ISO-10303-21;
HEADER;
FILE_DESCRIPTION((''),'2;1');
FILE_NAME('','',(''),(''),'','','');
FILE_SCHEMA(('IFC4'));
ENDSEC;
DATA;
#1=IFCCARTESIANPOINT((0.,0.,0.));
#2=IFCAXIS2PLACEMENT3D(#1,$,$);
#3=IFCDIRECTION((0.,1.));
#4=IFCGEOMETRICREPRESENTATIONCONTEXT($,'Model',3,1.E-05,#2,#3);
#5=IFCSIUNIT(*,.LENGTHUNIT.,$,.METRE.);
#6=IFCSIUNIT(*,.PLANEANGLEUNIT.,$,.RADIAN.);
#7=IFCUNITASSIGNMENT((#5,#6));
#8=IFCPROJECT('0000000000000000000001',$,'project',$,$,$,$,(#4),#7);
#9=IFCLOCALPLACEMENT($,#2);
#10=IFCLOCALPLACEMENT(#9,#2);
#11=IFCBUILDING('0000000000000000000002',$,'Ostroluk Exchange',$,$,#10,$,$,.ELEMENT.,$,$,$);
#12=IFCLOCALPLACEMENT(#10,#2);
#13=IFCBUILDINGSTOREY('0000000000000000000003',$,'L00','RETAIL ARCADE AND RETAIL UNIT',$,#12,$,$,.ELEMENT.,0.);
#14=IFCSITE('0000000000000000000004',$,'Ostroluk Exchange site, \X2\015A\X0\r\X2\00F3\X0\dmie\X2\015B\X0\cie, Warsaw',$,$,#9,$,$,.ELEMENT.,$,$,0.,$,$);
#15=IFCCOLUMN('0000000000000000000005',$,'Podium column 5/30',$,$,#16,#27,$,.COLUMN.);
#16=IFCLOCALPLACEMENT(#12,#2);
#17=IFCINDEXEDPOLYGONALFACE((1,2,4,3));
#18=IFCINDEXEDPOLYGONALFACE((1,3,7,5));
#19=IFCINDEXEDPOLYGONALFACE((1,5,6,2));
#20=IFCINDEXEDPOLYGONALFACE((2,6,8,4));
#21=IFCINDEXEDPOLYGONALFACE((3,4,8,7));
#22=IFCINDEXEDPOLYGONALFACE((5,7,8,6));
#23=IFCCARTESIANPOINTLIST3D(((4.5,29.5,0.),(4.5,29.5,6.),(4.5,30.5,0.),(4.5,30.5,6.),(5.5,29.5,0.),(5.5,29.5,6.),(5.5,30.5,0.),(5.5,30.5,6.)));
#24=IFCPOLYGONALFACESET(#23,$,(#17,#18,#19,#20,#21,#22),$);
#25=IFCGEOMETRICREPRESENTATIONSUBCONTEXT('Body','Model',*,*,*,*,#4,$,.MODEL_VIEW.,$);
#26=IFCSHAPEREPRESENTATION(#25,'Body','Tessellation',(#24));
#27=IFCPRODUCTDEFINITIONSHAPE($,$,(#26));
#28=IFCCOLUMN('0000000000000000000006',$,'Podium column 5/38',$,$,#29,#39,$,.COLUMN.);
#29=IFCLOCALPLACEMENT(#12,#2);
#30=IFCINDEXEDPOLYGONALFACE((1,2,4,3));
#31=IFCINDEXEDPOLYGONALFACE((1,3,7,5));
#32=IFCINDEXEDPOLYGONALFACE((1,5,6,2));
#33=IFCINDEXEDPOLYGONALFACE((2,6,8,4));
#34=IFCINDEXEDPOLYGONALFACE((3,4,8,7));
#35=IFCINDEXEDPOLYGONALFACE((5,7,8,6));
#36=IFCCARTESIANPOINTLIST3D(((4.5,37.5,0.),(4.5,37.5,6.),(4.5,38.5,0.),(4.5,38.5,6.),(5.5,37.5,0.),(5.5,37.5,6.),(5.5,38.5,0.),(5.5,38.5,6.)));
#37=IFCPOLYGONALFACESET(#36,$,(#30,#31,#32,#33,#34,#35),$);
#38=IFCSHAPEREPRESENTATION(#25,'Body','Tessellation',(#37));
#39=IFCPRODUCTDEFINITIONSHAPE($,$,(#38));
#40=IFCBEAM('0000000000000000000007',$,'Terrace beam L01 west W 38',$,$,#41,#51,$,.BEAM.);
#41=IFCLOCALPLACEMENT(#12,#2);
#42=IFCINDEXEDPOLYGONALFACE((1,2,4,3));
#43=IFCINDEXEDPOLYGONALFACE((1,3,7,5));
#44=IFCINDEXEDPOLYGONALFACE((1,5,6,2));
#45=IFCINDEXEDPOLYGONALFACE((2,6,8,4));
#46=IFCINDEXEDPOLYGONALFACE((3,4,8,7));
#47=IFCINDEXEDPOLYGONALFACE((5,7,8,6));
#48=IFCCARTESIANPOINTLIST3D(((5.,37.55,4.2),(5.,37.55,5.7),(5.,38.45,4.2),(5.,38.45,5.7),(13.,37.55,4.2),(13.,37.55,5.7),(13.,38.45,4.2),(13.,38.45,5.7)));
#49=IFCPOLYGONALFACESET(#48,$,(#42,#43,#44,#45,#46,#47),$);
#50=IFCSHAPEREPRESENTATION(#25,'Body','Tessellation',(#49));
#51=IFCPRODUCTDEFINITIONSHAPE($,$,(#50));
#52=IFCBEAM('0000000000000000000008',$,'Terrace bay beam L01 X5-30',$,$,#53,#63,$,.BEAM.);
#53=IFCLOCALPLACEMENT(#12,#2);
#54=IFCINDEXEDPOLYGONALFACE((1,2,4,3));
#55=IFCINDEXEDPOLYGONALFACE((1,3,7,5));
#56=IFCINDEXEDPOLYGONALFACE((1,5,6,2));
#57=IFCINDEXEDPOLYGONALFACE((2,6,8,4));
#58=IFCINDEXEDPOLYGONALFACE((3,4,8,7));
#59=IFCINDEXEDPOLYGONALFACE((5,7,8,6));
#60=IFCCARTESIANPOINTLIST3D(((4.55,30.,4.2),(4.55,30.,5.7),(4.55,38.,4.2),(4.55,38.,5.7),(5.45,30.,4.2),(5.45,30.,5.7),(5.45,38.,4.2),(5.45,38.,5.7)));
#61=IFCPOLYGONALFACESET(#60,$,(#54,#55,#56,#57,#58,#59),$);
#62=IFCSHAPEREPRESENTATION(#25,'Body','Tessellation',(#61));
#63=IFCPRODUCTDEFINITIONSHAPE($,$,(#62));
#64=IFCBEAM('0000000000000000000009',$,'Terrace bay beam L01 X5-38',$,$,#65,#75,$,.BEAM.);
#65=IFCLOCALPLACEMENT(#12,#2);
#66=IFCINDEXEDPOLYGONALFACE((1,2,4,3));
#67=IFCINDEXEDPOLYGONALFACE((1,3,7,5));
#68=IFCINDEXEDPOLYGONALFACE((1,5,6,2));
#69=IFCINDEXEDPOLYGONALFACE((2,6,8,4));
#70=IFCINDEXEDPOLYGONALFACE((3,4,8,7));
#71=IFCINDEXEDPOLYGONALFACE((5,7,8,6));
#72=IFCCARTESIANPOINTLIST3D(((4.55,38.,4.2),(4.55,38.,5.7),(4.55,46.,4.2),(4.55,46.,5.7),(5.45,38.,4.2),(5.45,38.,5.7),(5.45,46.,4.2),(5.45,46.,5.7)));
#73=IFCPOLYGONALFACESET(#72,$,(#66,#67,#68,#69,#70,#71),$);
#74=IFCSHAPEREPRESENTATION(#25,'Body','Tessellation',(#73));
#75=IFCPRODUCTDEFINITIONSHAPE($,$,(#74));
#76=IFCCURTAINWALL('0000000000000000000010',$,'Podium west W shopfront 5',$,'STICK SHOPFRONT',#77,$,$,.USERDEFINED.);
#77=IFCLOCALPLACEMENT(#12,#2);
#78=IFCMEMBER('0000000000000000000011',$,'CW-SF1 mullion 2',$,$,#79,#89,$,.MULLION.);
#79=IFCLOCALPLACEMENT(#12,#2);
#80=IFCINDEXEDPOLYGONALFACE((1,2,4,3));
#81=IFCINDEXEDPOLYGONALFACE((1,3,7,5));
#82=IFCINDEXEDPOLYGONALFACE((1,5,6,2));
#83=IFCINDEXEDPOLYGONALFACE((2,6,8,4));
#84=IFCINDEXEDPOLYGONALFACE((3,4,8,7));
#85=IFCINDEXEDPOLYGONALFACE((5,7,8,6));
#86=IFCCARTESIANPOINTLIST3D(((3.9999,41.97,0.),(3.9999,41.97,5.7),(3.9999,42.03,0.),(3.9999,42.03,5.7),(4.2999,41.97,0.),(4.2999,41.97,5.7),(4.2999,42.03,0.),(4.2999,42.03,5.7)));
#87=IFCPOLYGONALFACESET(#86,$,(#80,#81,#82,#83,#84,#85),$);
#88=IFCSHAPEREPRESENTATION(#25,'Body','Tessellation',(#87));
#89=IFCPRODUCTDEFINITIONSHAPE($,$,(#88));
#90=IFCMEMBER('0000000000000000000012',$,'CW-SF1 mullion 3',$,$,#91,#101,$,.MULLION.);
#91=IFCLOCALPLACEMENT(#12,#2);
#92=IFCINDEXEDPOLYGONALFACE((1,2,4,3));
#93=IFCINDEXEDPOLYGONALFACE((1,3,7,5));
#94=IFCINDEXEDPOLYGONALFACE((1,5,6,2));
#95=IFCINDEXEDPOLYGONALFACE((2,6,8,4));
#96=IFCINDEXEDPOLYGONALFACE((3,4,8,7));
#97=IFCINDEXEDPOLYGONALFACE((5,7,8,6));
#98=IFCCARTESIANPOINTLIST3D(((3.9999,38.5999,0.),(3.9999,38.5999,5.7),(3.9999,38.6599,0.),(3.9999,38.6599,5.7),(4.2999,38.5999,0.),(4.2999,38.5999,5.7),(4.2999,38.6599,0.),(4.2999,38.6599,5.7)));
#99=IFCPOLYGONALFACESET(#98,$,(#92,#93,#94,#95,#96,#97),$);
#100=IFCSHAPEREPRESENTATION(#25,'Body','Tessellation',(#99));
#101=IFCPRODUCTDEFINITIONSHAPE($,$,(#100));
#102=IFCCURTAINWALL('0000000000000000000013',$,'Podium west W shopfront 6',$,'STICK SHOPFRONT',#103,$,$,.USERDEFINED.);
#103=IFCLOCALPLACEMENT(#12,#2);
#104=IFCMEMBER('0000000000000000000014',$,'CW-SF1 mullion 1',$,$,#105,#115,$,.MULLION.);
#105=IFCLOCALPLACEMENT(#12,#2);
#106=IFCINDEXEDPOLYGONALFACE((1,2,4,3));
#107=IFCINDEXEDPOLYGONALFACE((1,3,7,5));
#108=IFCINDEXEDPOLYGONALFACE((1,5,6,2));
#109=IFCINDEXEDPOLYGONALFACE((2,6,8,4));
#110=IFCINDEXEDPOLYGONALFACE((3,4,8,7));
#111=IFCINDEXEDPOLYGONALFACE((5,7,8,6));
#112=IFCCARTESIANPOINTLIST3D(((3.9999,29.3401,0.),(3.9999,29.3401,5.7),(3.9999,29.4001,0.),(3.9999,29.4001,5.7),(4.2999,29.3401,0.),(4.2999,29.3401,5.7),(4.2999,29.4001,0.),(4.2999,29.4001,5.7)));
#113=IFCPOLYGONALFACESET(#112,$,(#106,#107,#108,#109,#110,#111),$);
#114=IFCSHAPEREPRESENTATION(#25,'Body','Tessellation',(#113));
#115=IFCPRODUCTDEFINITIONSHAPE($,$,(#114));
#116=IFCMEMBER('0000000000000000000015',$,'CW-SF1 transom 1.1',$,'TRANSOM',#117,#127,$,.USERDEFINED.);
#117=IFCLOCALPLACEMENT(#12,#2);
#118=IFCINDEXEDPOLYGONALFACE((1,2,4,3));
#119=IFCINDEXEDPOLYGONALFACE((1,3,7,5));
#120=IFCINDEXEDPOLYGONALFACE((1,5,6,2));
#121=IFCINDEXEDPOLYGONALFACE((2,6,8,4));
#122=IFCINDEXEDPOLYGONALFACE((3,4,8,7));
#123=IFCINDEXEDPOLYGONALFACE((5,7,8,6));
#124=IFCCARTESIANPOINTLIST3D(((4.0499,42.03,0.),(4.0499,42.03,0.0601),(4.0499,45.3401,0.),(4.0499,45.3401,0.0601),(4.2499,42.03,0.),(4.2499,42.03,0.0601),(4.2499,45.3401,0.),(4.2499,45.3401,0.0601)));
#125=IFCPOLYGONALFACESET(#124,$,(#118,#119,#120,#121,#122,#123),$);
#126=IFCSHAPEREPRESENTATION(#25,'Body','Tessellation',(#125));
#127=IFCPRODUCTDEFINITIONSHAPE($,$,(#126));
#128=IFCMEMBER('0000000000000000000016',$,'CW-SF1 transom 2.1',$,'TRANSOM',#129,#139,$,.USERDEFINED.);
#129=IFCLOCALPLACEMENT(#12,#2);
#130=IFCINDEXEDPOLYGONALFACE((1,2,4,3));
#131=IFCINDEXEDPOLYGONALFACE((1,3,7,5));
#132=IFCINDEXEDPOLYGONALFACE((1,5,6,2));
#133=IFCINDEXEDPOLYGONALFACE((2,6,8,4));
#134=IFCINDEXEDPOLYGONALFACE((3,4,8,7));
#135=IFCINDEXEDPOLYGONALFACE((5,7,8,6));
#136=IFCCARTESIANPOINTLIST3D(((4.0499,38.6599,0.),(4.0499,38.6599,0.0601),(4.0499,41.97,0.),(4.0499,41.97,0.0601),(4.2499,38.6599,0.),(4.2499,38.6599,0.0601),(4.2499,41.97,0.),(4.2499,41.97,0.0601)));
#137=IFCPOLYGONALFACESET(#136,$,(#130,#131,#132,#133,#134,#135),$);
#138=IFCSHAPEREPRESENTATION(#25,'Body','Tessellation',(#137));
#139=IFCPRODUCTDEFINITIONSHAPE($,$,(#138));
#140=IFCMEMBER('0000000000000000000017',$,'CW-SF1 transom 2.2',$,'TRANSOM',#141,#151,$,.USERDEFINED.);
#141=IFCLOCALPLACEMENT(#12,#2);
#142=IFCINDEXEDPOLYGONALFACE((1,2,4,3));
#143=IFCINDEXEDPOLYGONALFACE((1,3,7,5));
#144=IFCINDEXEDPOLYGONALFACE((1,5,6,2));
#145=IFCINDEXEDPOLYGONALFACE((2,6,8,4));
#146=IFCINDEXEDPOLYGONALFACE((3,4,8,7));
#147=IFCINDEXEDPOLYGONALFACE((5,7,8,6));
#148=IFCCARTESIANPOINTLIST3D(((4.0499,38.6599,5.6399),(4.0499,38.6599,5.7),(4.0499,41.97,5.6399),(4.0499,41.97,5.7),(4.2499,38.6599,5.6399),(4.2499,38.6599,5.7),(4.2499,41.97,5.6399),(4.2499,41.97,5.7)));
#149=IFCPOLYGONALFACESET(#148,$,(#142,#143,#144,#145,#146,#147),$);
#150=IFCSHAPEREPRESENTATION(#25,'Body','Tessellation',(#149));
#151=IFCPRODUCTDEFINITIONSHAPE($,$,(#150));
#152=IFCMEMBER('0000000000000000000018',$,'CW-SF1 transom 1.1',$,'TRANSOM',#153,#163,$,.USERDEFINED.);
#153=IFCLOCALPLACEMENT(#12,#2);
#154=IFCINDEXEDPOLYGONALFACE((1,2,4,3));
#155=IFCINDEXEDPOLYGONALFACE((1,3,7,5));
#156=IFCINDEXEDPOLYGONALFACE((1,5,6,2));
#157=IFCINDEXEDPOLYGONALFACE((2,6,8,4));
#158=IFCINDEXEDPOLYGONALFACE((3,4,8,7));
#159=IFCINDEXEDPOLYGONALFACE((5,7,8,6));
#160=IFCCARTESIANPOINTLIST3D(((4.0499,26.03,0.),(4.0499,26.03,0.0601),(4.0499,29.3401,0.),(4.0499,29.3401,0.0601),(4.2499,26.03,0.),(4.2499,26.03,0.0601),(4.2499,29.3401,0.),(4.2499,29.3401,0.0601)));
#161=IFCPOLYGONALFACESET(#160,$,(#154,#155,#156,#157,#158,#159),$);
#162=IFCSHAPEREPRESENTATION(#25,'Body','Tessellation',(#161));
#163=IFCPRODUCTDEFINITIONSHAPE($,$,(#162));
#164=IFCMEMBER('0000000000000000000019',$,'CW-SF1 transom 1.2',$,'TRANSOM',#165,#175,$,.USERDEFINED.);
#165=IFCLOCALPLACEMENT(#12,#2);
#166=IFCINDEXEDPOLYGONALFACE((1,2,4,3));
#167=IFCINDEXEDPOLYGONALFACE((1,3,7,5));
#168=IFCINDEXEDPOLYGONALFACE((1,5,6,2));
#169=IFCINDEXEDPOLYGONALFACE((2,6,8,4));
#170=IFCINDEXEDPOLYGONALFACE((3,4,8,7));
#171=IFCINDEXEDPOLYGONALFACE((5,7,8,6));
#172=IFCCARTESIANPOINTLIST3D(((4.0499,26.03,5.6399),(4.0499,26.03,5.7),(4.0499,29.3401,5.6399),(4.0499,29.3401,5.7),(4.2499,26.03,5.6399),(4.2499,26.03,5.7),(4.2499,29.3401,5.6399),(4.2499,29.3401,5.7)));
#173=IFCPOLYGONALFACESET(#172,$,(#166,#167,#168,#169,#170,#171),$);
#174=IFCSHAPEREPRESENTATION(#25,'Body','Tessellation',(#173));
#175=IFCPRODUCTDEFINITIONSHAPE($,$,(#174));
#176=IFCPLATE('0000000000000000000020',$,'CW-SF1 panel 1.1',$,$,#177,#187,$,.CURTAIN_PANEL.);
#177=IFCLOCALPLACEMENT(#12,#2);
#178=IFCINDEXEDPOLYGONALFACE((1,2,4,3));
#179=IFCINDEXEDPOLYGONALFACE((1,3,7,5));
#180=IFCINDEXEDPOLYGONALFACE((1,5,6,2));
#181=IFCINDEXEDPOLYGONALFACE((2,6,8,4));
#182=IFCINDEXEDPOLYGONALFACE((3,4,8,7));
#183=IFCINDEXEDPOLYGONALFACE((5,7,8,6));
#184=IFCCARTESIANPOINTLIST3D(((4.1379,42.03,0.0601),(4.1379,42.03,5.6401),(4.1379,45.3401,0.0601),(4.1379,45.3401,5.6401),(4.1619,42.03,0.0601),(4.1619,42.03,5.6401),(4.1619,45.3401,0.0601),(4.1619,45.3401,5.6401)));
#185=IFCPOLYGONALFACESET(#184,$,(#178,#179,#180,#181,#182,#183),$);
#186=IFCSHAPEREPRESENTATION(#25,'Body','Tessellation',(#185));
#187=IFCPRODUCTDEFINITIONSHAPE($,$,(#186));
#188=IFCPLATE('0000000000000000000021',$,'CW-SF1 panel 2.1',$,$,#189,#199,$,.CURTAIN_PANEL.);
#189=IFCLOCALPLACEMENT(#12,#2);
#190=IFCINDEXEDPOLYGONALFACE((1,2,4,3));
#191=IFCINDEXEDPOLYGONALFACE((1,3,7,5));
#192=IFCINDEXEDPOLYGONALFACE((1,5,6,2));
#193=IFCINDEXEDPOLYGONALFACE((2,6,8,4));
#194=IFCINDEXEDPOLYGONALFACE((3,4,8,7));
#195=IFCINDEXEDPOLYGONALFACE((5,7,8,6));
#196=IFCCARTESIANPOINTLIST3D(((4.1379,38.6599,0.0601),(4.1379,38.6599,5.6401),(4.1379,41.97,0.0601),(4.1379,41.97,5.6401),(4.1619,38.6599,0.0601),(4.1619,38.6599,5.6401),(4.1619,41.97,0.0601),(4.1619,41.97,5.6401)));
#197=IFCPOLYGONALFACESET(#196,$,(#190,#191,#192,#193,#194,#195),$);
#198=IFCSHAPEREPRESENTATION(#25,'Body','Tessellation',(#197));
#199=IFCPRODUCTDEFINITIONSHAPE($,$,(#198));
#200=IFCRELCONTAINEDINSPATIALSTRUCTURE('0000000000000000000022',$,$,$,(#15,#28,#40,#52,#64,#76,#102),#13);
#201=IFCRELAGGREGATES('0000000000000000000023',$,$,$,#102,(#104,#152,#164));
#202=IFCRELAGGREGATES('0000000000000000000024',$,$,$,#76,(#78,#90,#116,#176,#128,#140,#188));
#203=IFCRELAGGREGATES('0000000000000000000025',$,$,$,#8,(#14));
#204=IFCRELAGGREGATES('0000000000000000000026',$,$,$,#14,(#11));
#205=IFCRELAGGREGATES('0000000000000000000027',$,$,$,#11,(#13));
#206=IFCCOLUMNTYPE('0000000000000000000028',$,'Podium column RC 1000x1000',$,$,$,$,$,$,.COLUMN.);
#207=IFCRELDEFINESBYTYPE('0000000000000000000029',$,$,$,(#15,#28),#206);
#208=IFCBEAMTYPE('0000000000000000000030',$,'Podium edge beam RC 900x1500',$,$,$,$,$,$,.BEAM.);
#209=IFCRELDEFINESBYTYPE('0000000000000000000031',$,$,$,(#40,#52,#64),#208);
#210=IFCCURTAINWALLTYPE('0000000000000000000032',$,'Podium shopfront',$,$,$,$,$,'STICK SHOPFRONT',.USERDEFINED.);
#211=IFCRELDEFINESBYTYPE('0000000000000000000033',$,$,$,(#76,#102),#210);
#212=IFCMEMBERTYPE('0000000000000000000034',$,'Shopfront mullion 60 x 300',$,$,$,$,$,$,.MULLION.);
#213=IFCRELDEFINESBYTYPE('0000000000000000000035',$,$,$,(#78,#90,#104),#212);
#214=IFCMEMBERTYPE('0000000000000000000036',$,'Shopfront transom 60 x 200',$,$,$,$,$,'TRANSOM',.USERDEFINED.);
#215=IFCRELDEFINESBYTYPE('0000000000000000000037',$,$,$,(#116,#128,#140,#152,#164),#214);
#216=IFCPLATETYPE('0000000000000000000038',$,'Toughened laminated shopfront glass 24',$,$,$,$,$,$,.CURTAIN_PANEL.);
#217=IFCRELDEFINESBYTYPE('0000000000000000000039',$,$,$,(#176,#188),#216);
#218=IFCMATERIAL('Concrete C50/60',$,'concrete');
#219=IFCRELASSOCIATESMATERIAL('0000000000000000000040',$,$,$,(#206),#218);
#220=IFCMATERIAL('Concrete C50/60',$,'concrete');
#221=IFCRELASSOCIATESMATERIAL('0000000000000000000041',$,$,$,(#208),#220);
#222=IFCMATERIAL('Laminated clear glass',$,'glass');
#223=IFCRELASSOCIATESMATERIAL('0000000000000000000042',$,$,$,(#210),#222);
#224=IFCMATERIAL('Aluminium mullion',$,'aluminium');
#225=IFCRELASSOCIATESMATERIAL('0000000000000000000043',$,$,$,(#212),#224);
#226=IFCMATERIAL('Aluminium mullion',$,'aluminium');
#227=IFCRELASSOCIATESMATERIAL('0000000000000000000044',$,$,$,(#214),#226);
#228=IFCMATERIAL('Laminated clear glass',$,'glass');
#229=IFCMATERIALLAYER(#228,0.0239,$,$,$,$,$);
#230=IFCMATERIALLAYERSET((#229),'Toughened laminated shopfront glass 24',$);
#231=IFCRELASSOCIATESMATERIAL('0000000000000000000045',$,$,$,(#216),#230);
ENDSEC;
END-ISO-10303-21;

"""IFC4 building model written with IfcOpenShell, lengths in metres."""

from ifc_helpers import new_model, si_unit, direction, frame, origin, origin_2d, place, context, subcontext, project, spatial, rectangle, extrude, material, layer, layer_set, material_profile, profile_set, type_object, element, aggregate, save


model = new_model("IFC4")

# Units and contexts
model_context = context("Model", 3, precision=1e-05, world=origin(), true_north=direction((0.0, 1.0)))
body_context = subcontext(model_context, "Body", "Model", "MODEL_VIEW")
ifc_project = project(units=[si_unit("LENGTHUNIT", "METRE"), si_unit("PLANEANGLEUNIT", "RADIAN")], contexts=[model_context])

# Site, building, storey
site_placement = place(None, origin())
site = spatial("IfcSite", under=ifc_project, at=site_placement, Name="Ostroluk Exchange site, Śródmieście, Warsaw", CompositionType="ELEMENT", RefElevation=0.0)
building_placement = place(site_placement, origin())
building = spatial("IfcBuilding", under=site, at=building_placement, Name="Ostroluk Exchange", CompositionType="ELEMENT")
storey_placement = place(building_placement, origin())
storey = spatial("IfcBuildingStorey", under=building, at=storey_placement, Name="L00", Description="RETAIL ARCADE AND RETAIL UNIT", CompositionType="ELEMENT", Elevation=0.0)

# Columns
ifc_material_1 = material(Name="Concrete C50/60", Category="concrete")
ifc_material_profile_1 = material_profile(ifc_material_1, rectangle(XDim=1.0, YDim=1.0, at=origin_2d()), Name="RC 1000x1000")
ifc_profile_set_1 = profile_set([ifc_material_profile_1], Name="Concrete C50/60")
column_type = type_object("IfcColumnType", Name="Podium column RC 1000x1000", PredefinedType="COLUMN", material=ifc_profile_set_1)
for number, where, z_axis, x_axis, name in (
    (1, (5.0, 30.0, 0.0), (0.0, 0.0, 1.0), (1.0, 0.0, 0.0), "Podium column 5/30"),
    (2, (5.0, 38.0, 0.0), (0.0, 0.0, 1.0), (1.0, 0.0, 0.0), "Podium column 5/38"),
):
    element("IfcColumn", number, at=place(storey_placement, frame(where, z_axis=z_axis, x_axis=x_axis)), inside=storey, type_object=column_type, Name=name, PredefinedType="COLUMN", context=body_context, shape_type="SweptSolid", body=[
        extrude(rectangle(XDim=1.0, YDim=1.0, at=origin_2d()), origin(), (0.0, 0.0, 1.0), 6.0),
    ])

# Beams
ifc_material_2 = material(Name="Concrete C50/60", Category="concrete")
ifc_material_profile_2 = material_profile(ifc_material_2, rectangle(XDim=0.8999, YDim=1.5, at=origin_2d()), Name="RC 900x1500")
ifc_profile_set_2 = profile_set([ifc_material_profile_2], Name="Concrete C50/60")
beam_type = type_object("IfcBeamType", Name="Podium edge beam RC 900x1500", PredefinedType="BEAM", material=ifc_profile_set_2)
for number, where, z_axis, x_axis, name in (
    (3, (5.0, 38.0, 4.95), (1.0, 0.0, 0.0), (0.0, 1.0, 0.0), "Terrace beam L01 west W 38"),
    (4, (5.0, 30.0, 4.95), (0.0, 1.0, 0.0), (-1.0, 0.0, 0.0), "Terrace bay beam L01 X5-30"),
    (5, (5.0, 38.0, 4.95), (0.0, 1.0, 0.0), (-1.0, 0.0, 0.0), "Terrace bay beam L01 X5-38"),
):
    element("IfcBeam", number, at=place(storey_placement, frame(where, z_axis=z_axis, x_axis=x_axis)), inside=storey, type_object=beam_type, Name=name, PredefinedType="BEAM", context=body_context, shape_type="SweptSolid", body=[
        extrude(rectangle(XDim=0.8999, YDim=1.5, at=origin_2d()), origin(), (0.0, 0.0, 1.0), 8.0),
    ])

# Curtain wall, members
ifc_material_3 = material(Name="Laminated clear glass", Category="glass")
curtain_wall_type = type_object("IfcCurtainWallType", Name="Podium shopfront", ElementType="STICK SHOPFRONT", PredefinedType="USERDEFINED", material=ifc_material_3)
curtain_wall_1_placement = place(storey_placement, origin())
curtain_wall_1 = element("IfcCurtainWall", 6, at=curtain_wall_1_placement, inside=storey, type_object=curtain_wall_type, Name="Podium west W shopfront 5", ObjectType="STICK SHOPFRONT", PredefinedType="USERDEFINED")
ifc_material_4 = material(Name="Aluminium mullion", Category="aluminium")
ifc_material_profile_3 = material_profile(ifc_material_4, rectangle(XDim=0.3, YDim=0.0601, at=origin_2d()), Name="Shopfront mullion 60 x 300")
ifc_profile_set_3 = profile_set([ifc_material_profile_3], Name="Aluminium mullion")
member_type_1 = type_object("IfcMemberType", Name="Shopfront mullion 60 x 300", PredefinedType="MULLION", material=ifc_profile_set_3)
member_1_placement = place(storey_placement, frame((4.1499, 42.0, 0.0), z_axis=(0.0, 0.0, 1.0), x_axis=(1.0, 0.0, 0.0)))
member_1 = element("IfcMember", 7, at=member_1_placement, type_object=member_type_1, Name="CW-SF1 mullion 2", PredefinedType="MULLION", context=body_context, shape_type="SweptSolid", body=[
    extrude(rectangle(XDim=0.3, YDim=0.0601, at=origin_2d()), origin(), (0.0, 0.0, 1.0), 5.7),
])
member_2_placement = place(storey_placement, frame((4.1499, 38.6299, 0.0), z_axis=(0.0, 0.0, 1.0), x_axis=(1.0, 0.0, 0.0)))
member_2 = element("IfcMember", 8, at=member_2_placement, type_object=member_type_1, Name="CW-SF1 mullion 3", PredefinedType="MULLION", context=body_context, shape_type="SweptSolid", body=[
    extrude(rectangle(XDim=0.3, YDim=0.0601, at=origin_2d()), origin(), (0.0, 0.0, 1.0), 5.7),
])

# Curtain wall, member
curtain_wall_2_placement = place(storey_placement, origin())
curtain_wall_2 = element("IfcCurtainWall", 9, at=curtain_wall_2_placement, inside=storey, type_object=curtain_wall_type, Name="Podium west W shopfront 6", ObjectType="STICK SHOPFRONT", PredefinedType="USERDEFINED")
member_3_placement = place(storey_placement, frame((4.1499, 29.3701, 0.0), z_axis=(0.0, 0.0, 1.0), x_axis=(1.0, 0.0, 0.0)))
member_3 = element("IfcMember", 10, at=member_3_placement, type_object=member_type_1, Name="CW-SF1 mullion 1", PredefinedType="MULLION", context=body_context, shape_type="SweptSolid", body=[
    extrude(rectangle(XDim=0.3, YDim=0.0601, at=origin_2d()), origin(), (0.0, 0.0, 1.0), 5.7),
])

# Members
ifc_material_5 = material(Name="Aluminium mullion", Category="aluminium")
ifc_material_profile_4 = material_profile(ifc_material_5, rectangle(XDim=0.2, YDim=0.0601, at=origin_2d()), Name="Shopfront transom 60 x 200")
ifc_profile_set_4 = profile_set([ifc_material_profile_4], Name="Aluminium mullion")
member_type_2 = type_object("IfcMemberType", Name="Shopfront transom 60 x 200", ElementType="TRANSOM", PredefinedType="USERDEFINED", material=ifc_profile_set_4)
member_4_placement = place(storey_placement, frame((4.1499, 45.3401, 0.03), z_axis=(0.0, -1.0, 0.0), x_axis=(1.0, 0.0, 0.0)))
member_4 = element("IfcMember", 11, at=member_4_placement, type_object=member_type_2, Name="CW-SF1 transom 1.1", ObjectType="TRANSOM", PredefinedType="USERDEFINED", context=body_context, shape_type="SweptSolid", body=[
    extrude(rectangle(XDim=0.2, YDim=0.0601, at=origin_2d()), origin(), (0.0, 0.0, 1.0), 3.3101),
])
member_5_placement = place(storey_placement, frame((4.1499, 41.97, 0.03), z_axis=(0.0, -1.0, 0.0), x_axis=(1.0, 0.0, 0.0)))
member_5 = element("IfcMember", 12, at=member_5_placement, type_object=member_type_2, Name="CW-SF1 transom 2.1", ObjectType="TRANSOM", PredefinedType="USERDEFINED", context=body_context, shape_type="SweptSolid", body=[
    extrude(rectangle(XDim=0.2, YDim=0.0601, at=origin_2d()), origin(), (0.0, 0.0, 1.0), 3.3101),
])
member_6_placement = place(storey_placement, frame((4.1499, 41.97, 5.6699), z_axis=(0.0, -1.0, 0.0), x_axis=(1.0, 0.0, 0.0)))
member_6 = element("IfcMember", 13, at=member_6_placement, type_object=member_type_2, Name="CW-SF1 transom 2.2", ObjectType="TRANSOM", PredefinedType="USERDEFINED", context=body_context, shape_type="SweptSolid", body=[
    extrude(rectangle(XDim=0.2, YDim=0.0601, at=origin_2d()), origin(), (0.0, 0.0, 1.0), 3.3101),
])
member_7_placement = place(storey_placement, frame((4.1499, 29.3401, 0.03), z_axis=(0.0, -1.0, 0.0), x_axis=(1.0, 0.0, 0.0)))
member_7 = element("IfcMember", 14, at=member_7_placement, type_object=member_type_2, Name="CW-SF1 transom 1.1", ObjectType="TRANSOM", PredefinedType="USERDEFINED", context=body_context, shape_type="SweptSolid", body=[
    extrude(rectangle(XDim=0.2, YDim=0.0601, at=origin_2d()), origin(), (0.0, 0.0, 1.0), 3.3101),
])
member_8_placement = place(storey_placement, frame((4.1499, 29.3401, 5.6699), z_axis=(0.0, -1.0, 0.0), x_axis=(1.0, 0.0, 0.0)))
member_8 = element("IfcMember", 15, at=member_8_placement, type_object=member_type_2, Name="CW-SF1 transom 1.2", ObjectType="TRANSOM", PredefinedType="USERDEFINED", context=body_context, shape_type="SweptSolid", body=[
    extrude(rectangle(XDim=0.2, YDim=0.0601, at=origin_2d()), origin(), (0.0, 0.0, 1.0), 3.3101),
])
aggregate(curtain_wall_2, [member_3, member_7, member_8])

# Plates
ifc_material_6 = material(Name="Laminated clear glass", Category="glass")
ifc_layer_1 = layer(ifc_material_6, 0.0239)
ifc_layer_set_1 = layer_set([ifc_layer_1], Name="Toughened laminated shopfront glass 24")
plate_type = type_object("IfcPlateType", Name="Toughened laminated shopfront glass 24", PredefinedType="CURTAIN_PANEL", material=ifc_layer_set_1)
plate_1_placement = place(storey_placement, frame((4.1499, 43.6851, 0.0601), z_axis=(0.0, 0.0, 1.0), x_axis=(0.0, -1.0, 0.0)))
plate_1 = element("IfcPlate", 16, at=plate_1_placement, type_object=plate_type, Name="CW-SF1 panel 1.1", PredefinedType="CURTAIN_PANEL", context=body_context, shape_type="SweptSolid", body=[
    extrude(rectangle(XDim=3.3101, YDim=0.0239, at=origin_2d()), origin(), (0.0, 0.0, 1.0), 5.5801),
])
plate_2_placement = place(storey_placement, frame((4.1499, 40.3149, 0.0601), z_axis=(0.0, 0.0, 1.0), x_axis=(0.0, -1.0, 0.0)))
plate_2 = element("IfcPlate", 17, at=plate_2_placement, type_object=plate_type, Name="CW-SF1 panel 2.1", PredefinedType="CURTAIN_PANEL", context=body_context, shape_type="SweptSolid", body=[
    extrude(rectangle(XDim=3.3101, YDim=0.0239, at=origin_2d()), origin(), (0.0, 0.0, 1.0), 5.5801),
])
aggregate(curtain_wall_1, [member_1, member_2, member_4, plate_1, member_5, member_6, plate_2])

save(model, "model.ifc")
